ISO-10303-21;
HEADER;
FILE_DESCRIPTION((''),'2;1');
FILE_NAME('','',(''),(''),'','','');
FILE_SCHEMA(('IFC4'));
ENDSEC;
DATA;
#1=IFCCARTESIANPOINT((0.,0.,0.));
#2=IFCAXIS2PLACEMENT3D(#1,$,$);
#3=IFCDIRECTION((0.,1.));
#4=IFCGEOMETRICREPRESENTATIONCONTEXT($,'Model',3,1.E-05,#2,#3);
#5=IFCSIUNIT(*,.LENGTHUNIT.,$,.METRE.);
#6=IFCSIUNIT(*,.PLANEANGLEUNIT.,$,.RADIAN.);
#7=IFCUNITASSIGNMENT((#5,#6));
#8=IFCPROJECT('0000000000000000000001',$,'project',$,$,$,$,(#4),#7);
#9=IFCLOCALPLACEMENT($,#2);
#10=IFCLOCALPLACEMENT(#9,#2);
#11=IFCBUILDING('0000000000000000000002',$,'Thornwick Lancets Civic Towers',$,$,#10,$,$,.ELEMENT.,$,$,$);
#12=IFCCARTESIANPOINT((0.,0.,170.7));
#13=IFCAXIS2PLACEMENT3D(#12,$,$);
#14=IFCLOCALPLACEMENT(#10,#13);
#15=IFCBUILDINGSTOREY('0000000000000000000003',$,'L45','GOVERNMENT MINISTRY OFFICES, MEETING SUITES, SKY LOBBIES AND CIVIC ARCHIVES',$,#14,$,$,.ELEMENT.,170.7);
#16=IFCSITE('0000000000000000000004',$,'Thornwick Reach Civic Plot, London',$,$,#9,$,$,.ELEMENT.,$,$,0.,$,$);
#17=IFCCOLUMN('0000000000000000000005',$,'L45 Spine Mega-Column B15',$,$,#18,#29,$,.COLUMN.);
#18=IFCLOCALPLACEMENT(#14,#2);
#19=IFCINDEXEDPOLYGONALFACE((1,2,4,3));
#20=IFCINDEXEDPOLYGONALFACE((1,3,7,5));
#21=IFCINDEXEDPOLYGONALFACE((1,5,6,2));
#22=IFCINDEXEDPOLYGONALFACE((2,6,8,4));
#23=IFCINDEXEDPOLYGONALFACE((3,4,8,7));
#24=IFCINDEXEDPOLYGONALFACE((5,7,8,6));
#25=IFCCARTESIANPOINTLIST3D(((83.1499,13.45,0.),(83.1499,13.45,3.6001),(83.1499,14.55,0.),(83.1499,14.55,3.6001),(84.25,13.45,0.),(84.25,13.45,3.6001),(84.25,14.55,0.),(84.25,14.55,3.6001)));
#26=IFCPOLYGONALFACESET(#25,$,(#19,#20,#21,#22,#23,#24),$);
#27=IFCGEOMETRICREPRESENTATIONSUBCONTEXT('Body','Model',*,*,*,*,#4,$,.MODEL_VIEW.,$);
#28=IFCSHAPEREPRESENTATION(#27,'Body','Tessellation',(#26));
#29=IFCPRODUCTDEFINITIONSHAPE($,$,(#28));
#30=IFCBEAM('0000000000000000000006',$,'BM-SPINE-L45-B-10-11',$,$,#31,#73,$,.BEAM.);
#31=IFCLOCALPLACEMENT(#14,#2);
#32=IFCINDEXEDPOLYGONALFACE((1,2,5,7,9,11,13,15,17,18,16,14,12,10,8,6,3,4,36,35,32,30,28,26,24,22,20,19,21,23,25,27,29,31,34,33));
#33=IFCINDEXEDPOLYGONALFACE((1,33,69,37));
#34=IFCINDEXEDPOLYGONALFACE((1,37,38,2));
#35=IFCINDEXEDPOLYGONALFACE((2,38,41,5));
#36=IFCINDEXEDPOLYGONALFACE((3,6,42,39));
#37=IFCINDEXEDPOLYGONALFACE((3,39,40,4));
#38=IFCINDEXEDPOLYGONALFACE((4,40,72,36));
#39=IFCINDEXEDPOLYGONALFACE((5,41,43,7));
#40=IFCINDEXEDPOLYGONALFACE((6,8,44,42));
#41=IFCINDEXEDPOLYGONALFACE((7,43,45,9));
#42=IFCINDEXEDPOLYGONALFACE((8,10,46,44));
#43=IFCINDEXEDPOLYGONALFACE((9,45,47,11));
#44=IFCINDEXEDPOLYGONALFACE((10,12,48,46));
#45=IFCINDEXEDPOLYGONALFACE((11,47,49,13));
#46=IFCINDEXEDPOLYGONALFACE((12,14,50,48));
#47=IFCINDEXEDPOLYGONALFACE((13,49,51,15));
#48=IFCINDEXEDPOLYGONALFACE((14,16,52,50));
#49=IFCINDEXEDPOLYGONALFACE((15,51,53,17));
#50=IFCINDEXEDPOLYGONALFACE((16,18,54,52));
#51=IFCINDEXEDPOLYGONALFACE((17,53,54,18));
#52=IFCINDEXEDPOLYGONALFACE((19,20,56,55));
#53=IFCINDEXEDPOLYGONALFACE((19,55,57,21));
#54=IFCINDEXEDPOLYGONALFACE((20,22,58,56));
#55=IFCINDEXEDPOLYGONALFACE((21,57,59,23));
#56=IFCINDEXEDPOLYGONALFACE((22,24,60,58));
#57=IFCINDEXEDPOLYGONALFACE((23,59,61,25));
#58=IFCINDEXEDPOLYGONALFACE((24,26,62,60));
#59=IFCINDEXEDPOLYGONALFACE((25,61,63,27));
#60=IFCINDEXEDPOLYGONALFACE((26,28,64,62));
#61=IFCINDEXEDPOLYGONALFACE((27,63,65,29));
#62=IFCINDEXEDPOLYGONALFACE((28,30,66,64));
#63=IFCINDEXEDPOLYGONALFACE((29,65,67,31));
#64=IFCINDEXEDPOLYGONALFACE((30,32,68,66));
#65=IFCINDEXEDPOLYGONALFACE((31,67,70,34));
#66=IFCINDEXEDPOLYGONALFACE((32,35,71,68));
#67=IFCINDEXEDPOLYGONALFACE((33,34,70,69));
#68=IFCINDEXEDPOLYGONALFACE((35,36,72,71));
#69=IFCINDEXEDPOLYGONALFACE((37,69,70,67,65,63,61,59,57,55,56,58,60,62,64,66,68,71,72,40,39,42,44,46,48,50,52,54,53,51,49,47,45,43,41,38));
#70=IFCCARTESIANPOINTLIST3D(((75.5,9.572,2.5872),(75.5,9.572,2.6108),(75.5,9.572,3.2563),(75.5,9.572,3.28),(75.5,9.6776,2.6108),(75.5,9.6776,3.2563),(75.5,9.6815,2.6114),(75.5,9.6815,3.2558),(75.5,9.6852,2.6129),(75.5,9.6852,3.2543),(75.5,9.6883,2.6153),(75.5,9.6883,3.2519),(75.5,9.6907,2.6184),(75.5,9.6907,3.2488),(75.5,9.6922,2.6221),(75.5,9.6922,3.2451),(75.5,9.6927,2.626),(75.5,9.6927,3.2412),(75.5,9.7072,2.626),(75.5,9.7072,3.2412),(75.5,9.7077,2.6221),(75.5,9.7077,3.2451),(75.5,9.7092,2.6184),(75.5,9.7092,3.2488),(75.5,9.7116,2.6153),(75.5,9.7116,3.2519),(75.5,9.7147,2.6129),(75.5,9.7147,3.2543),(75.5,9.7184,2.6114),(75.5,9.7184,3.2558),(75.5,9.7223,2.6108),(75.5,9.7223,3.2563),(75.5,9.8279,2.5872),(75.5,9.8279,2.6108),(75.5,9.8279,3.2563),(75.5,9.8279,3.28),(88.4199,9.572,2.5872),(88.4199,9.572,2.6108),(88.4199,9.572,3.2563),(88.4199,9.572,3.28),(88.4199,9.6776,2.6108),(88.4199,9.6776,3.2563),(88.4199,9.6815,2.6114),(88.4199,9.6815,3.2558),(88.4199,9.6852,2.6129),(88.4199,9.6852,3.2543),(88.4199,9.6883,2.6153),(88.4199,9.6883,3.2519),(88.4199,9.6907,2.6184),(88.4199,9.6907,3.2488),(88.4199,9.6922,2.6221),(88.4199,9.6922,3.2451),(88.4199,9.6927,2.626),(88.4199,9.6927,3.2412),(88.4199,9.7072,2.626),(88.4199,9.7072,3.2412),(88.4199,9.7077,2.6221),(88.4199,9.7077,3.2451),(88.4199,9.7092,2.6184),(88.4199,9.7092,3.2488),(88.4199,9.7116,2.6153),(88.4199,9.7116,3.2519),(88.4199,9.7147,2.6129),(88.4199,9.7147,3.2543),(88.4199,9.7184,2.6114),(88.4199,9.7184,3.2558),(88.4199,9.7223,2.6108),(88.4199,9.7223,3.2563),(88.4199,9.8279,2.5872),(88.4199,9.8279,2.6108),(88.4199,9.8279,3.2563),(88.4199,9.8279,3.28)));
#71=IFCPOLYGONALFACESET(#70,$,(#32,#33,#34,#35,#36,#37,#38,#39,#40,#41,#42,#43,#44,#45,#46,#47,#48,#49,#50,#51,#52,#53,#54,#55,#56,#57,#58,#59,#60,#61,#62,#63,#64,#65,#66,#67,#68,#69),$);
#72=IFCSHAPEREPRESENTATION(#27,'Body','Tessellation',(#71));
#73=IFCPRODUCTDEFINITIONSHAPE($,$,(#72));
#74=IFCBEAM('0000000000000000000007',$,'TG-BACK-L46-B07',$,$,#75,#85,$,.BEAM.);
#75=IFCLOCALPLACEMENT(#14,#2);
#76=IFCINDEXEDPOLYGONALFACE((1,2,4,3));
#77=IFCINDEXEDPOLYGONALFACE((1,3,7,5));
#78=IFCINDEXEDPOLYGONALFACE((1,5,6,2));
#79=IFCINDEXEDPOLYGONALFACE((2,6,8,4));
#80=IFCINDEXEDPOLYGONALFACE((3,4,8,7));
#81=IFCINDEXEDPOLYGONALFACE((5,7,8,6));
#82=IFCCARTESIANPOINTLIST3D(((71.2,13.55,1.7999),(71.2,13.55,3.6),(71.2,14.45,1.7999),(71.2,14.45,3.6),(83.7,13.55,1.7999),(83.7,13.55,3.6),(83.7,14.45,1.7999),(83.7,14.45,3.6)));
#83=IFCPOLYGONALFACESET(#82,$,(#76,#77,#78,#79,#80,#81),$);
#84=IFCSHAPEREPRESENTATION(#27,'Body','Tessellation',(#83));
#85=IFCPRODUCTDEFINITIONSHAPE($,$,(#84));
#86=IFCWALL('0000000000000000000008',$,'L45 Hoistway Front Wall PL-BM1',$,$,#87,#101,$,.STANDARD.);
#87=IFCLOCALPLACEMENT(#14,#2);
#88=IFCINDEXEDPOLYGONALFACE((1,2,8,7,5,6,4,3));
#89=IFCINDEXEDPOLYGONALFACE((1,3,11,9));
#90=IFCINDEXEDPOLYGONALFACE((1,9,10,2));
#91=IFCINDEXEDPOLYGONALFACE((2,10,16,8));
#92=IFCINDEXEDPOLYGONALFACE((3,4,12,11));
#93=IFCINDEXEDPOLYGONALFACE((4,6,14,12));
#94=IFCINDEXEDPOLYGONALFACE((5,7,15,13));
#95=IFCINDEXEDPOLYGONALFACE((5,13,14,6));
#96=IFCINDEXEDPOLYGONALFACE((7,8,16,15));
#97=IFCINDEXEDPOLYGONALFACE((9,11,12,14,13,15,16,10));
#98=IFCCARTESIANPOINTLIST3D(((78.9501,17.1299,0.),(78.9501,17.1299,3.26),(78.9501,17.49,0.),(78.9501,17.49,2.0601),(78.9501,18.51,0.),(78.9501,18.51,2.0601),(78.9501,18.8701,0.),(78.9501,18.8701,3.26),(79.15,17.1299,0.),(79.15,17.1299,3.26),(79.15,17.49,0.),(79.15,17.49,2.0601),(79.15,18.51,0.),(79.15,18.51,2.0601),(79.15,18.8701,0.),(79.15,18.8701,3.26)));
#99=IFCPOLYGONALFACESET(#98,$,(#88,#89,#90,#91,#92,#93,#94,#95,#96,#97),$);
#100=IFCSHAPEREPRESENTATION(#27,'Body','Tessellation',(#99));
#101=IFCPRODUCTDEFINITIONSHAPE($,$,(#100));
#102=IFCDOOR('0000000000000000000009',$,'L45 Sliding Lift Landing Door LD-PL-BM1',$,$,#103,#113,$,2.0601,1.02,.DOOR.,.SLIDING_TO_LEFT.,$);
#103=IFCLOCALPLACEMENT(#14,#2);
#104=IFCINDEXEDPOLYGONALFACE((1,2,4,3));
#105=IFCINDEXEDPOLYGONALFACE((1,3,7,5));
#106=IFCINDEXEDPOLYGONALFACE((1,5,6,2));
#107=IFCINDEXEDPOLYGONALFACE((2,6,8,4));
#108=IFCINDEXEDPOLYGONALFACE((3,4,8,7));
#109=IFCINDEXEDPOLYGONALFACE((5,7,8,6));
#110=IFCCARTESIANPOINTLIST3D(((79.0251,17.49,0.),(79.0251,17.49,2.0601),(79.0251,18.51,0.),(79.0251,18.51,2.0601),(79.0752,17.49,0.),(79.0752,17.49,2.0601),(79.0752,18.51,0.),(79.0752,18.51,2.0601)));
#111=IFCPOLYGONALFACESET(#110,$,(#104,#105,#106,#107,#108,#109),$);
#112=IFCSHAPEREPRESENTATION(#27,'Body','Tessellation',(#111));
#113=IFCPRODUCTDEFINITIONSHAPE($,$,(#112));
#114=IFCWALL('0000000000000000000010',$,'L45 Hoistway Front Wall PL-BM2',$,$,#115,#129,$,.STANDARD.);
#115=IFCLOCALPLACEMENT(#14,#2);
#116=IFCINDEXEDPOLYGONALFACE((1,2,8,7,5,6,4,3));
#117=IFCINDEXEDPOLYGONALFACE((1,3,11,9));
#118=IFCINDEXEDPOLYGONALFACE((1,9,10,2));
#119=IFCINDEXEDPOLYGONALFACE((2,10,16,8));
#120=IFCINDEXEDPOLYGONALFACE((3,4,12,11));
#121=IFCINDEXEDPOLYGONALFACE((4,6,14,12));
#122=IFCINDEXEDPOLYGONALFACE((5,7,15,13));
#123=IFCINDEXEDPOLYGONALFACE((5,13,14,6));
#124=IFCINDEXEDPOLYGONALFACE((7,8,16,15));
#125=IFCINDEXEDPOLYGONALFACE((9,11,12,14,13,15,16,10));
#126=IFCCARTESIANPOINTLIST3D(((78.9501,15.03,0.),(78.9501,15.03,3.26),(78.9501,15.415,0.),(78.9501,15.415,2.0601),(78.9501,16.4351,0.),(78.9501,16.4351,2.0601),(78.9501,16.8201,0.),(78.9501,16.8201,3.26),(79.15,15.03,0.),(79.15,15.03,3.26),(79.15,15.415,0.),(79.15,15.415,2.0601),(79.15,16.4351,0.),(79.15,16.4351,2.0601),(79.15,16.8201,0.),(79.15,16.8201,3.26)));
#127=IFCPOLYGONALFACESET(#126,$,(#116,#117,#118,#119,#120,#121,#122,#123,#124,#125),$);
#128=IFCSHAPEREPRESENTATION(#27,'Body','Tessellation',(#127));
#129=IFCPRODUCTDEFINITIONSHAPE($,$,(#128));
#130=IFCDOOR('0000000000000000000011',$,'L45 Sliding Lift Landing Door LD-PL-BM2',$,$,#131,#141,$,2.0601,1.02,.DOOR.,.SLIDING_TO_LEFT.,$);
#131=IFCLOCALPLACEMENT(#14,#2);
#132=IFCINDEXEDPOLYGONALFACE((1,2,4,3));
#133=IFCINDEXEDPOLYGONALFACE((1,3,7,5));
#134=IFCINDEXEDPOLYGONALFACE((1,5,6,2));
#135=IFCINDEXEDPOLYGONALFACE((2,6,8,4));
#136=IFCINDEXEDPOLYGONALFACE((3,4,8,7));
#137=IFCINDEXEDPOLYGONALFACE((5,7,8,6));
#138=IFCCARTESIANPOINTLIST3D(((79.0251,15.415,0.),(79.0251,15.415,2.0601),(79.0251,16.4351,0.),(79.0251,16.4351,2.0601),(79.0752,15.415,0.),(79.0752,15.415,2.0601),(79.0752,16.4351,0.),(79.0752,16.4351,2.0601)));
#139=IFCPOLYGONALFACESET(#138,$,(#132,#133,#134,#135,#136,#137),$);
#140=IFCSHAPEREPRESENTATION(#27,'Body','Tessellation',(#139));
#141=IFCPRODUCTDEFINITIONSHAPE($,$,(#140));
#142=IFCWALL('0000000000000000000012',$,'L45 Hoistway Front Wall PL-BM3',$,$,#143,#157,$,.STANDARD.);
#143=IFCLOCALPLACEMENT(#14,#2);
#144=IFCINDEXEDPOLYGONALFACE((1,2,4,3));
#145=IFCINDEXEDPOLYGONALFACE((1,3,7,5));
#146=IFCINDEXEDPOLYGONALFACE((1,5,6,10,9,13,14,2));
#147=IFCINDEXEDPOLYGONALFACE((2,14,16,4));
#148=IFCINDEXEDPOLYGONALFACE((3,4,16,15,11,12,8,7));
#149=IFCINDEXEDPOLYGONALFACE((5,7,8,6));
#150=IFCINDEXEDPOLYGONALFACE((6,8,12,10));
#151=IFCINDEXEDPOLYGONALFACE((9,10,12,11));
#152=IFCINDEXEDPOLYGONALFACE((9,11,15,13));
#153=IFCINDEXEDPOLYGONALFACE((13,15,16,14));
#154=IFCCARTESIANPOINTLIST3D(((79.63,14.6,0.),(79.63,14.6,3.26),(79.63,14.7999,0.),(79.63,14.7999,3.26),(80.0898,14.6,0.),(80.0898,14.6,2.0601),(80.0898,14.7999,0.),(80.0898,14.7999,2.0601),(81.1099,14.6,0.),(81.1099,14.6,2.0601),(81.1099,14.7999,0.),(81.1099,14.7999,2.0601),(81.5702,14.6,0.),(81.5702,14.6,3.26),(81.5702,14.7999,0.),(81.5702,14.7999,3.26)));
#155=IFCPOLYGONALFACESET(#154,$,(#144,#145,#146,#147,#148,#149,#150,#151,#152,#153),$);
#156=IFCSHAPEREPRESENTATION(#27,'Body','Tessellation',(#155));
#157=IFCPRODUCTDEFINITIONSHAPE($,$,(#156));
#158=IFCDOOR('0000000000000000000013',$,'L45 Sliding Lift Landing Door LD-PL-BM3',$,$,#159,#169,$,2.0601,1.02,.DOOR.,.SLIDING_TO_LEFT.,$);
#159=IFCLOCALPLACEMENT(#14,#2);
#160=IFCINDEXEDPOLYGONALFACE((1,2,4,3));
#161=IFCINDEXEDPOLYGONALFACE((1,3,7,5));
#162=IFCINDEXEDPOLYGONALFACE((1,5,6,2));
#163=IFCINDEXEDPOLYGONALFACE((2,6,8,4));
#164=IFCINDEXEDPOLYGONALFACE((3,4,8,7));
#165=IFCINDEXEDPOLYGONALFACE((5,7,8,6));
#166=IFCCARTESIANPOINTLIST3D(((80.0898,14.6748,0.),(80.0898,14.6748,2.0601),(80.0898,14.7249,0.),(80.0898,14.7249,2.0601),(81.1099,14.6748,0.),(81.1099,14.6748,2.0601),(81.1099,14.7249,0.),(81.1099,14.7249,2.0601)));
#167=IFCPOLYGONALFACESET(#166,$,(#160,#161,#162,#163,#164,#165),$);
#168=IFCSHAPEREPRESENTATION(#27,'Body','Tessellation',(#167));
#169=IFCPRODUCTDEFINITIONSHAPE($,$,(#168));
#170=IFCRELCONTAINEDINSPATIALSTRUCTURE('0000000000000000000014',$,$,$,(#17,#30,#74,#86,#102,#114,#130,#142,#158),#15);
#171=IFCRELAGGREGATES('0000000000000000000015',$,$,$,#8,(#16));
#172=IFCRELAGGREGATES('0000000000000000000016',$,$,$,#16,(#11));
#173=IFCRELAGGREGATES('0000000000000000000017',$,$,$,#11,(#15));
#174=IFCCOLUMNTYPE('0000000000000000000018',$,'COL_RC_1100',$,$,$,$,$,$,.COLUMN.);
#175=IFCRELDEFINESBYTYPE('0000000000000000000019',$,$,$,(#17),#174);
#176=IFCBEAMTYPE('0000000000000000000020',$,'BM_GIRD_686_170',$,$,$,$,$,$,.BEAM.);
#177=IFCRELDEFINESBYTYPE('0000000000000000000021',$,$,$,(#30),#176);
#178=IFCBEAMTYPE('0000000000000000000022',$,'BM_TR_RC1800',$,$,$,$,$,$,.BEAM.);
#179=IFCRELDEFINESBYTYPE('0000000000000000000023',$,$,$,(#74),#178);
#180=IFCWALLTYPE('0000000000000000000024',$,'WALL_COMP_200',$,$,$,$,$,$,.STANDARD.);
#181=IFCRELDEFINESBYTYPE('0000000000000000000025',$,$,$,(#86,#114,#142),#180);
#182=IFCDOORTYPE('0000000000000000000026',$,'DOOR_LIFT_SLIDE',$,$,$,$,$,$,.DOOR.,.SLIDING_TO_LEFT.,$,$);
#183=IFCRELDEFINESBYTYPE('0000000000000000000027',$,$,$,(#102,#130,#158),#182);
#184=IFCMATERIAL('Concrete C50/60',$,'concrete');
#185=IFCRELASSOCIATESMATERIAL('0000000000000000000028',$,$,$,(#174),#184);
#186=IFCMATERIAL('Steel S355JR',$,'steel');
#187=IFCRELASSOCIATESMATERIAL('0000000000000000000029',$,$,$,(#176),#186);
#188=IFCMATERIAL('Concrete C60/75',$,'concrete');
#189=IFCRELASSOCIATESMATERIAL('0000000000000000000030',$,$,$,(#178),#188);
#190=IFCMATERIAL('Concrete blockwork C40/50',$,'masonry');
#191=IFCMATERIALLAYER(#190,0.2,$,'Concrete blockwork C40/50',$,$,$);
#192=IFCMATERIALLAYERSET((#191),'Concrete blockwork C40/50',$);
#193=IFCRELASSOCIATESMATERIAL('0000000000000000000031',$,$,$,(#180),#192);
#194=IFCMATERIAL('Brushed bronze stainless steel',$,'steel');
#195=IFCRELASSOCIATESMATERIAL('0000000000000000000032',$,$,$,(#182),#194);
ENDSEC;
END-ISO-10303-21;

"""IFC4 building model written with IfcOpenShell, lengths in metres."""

from ifc_helpers import new_model, si_unit, direction, frame, frame_2d, origin, origin_2d, place, context, subcontext, project, spatial, rectangle, i_section, extrude, material, layer, layer_set, material_profile, profile_set, type_object, element, fill, save


model = new_model("IFC4")

# Units and contexts
model_context = context("Model", 3, precision=1e-05, world=origin(), true_north=direction((0.0, 1.0)))
body_context = subcontext(model_context, "Body", "Model", "MODEL_VIEW")
ifc_project = project(units=[si_unit("LENGTHUNIT", "METRE"), si_unit("PLANEANGLEUNIT", "RADIAN")], contexts=[model_context])

# Site, building, storey
site_placement = place(None, origin())
site = spatial("IfcSite", under=ifc_project, at=site_placement, Name="Thornwick Reach Civic Plot, London", CompositionType="ELEMENT", RefElevation=0.0)
building_placement = place(site_placement, origin())
building = spatial("IfcBuilding", under=site, at=building_placement, Name="Thornwick Lancets Civic Towers", CompositionType="ELEMENT")
storey_placement = place(building_placement, frame((0.0, 0.0, 170.7)))
storey = spatial("IfcBuildingStorey", under=building, at=storey_placement, Name="L45", Description="GOVERNMENT MINISTRY OFFICES, MEETING SUITES, SKY LOBBIES AND CIVIC ARCHIVES", CompositionType="ELEMENT", Elevation=170.7)

# Column
ifc_material_1 = material(Name="Concrete C50/60", Category="concrete")
ifc_material_profile_1 = material_profile(ifc_material_1, rectangle(XDim=1.1001, YDim=1.1001, at=origin_2d()), Name="RC 1100x1100")
ifc_profile_set_1 = profile_set([ifc_material_profile_1], Name="Concrete C50/60")
column_type = type_object("IfcColumnType", Name="COL_RC_1100", PredefinedType="COLUMN", material=ifc_profile_set_1)
column_placement = place(storey_placement, frame((83.7, 14.0, 0.0), z_axis=(0.0, 0.0, 1.0), x_axis=(1.0, 0.0, 0.0)))
element("IfcColumn", 1, at=column_placement, inside=storey, type_object=column_type, Name="L45 Spine Mega-Column B15", PredefinedType="COLUMN", context=body_context, shape_type="SweptSolid", body=[
    extrude(rectangle(XDim=1.1001, YDim=1.1001, at=origin_2d()), origin(), (0.0, 0.0, 1.0), 3.6001),
])

# Beams
ifc_material_2 = material(Name="Steel S355JR", Category="steel")
ifc_material_profile_2 = material_profile(ifc_material_2, i_section(OverallWidth=0.2559, OverallDepth=0.6929, WebThickness=0.0144, FlangeThickness=0.0237, FilletRadius=0.0151, at=origin_2d()), Name="UKB 686x254x170")
ifc_profile_set_2 = profile_set([ifc_material_profile_2], Name="Steel S355JR")
beam_type_1 = type_object("IfcBeamType", Name="BM_GIRD_686_170", PredefinedType="BEAM", material=ifc_profile_set_2)
beam_1_placement = place(storey_placement, frame((88.4199, 9.7, 2.9336), z_axis=(-1.0, 0.0, 0.0), x_axis=(0.0, -1.0, 0.0)))
element("IfcBeam", 2, at=beam_1_placement, inside=storey, type_object=beam_type_1, Name="BM-SPINE-L45-B-10-11", PredefinedType="BEAM", context=body_context, shape_type="SweptSolid", body=[
    extrude(i_section(OverallWidth=0.2559, OverallDepth=0.6929, WebThickness=0.0144, FlangeThickness=0.0237, FilletRadius=0.0151, at=origin_2d()), origin(), (0.0, 0.0, 1.0), 12.9199),
])
ifc_material_3 = material(Name="Concrete C60/75", Category="concrete")
ifc_material_profile_3 = material_profile(ifc_material_3, rectangle(XDim=0.8999, YDim=1.8, at=origin_2d()), Name="RC 900x1800")
ifc_profile_set_3 = profile_set([ifc_material_profile_3], Name="Concrete C60/75")
beam_type_2 = type_object("IfcBeamType", Name="BM_TR_RC1800", PredefinedType="BEAM", material=ifc_profile_set_3)
beam_2_placement = place(storey_placement, frame((83.7, 14.0, 2.7), z_axis=(-1.0, 0.0, 0.0), x_axis=(0.0, -1.0, 0.0)))
element("IfcBeam", 3, at=beam_2_placement, inside=storey, type_object=beam_type_2, Name="TG-BACK-L46-B07", PredefinedType="BEAM", context=body_context, shape_type="SweptSolid", body=[
    extrude(rectangle(XDim=0.8999, YDim=1.8, at=origin_2d()), origin(), (0.0, 0.0, 1.0), 12.5),
])

# Walls, openings, doors
ifc_material_4 = material(Name="Concrete blockwork C40/50", Category="masonry")
ifc_layer_1 = layer(ifc_material_4, 0.2, Name="Concrete blockwork C40/50")
ifc_layer_set_1 = layer_set([ifc_layer_1], Name="Concrete blockwork C40/50")
wall_type_1 = type_object("IfcWallType", Name="WALL_COMP_200", PredefinedType="STANDARD", material=ifc_layer_set_1)
wall_1_placement = place(storey_placement, frame((79.05, 17.1299, 0.0), z_axis=(0.0, 0.0, 1.0), x_axis=(0.0, 1.0, 0.0)))
wall_1 = element("IfcWall", 4, at=wall_1_placement, inside=storey, type_object=wall_type_1, Name="L45 Hoistway Front Wall PL-BM1", PredefinedType="STANDARD", context=body_context, shape_type="SweptSolid", body=[
    extrude(rectangle(XDim=1.7402, YDim=0.2, at=frame_2d((0.8701, 0.0))), origin(), (0.0, 0.0, 1.0), 3.26),
])
opening_1_placement = place(wall_1_placement, frame((0.3601, 0.0, 0.0)))
opening_1 = element("IfcOpeningElement", 5, at=opening_1_placement, cuts=wall_1, PredefinedType="OPENING", context=body_context, shape_type="SweptSolid", body=[
    extrude(rectangle(XDim=1.02, YDim=2.0601, at=frame_2d((0.51, 1.03))), frame((0.0, 0.1099, 0.0), z_axis=(0.0, -1.0, 0.0), x_axis=(1.0, 0.0, 0.0)), (0.0, 0.0, 1.0), 0.22),
])
ifc_material_5 = material(Name="Brushed bronze stainless steel", Category="steel")
door_type_1 = type_object("IfcDoorType", Name="DOOR_LIFT_SLIDE", OperationType="SLIDING_TO_LEFT", PredefinedType="DOOR", material=ifc_material_5)
door_1_placement = place(opening_1_placement, origin())
door_1 = element("IfcDoor", 6, at=door_1_placement, inside=storey, type_object=door_type_1, Name="L45 Sliding Lift Landing Door LD-PL-BM1", OperationType="SLIDING_TO_LEFT", OverallHeight=2.0601, OverallWidth=1.02, PredefinedType="DOOR", context=body_context, shape_type="SweptSolid", body=[
    extrude(rectangle(XDim=1.02, YDim=2.0601, at=frame_2d((0.51, 1.03))), frame((0.0, 0.0249, 0.0), z_axis=(0.0, -1.0, 0.0), x_axis=(1.0, 0.0, 0.0)), (0.0, 0.0, 1.0), 0.05),
])
fill(opening_1, door_1)
wall_2_placement = place(storey_placement, frame((79.05, 15.03, 0.0), z_axis=(0.0, 0.0, 1.0), x_axis=(0.0, 1.0, 0.0)))
wall_2 = element("IfcWall", 7, at=wall_2_placement, inside=storey, type_object=wall_type_1, Name="L45 Hoistway Front Wall PL-BM2", PredefinedType="STANDARD", context=body_context, shape_type="SweptSolid", body=[
    extrude(rectangle(XDim=1.79, YDim=0.2, at=frame_2d((0.895, 0.0))), origin(), (0.0, 0.0, 1.0), 3.26),
])
opening_2_placement = place(wall_2_placement, frame((0.385, 0.0, 0.0)))
opening_2 = element("IfcOpeningElement", 8, at=opening_2_placement, cuts=wall_2, PredefinedType="OPENING", context=body_context, shape_type="SweptSolid", body=[
    extrude(rectangle(XDim=1.02, YDim=2.0601, at=frame_2d((0.51, 1.03))), frame((0.0, 0.1099, 0.0), z_axis=(0.0, -1.0, 0.0), x_axis=(1.0, 0.0, 0.0)), (0.0, 0.0, 1.0), 0.22),
])
door_2_placement = place(opening_2_placement, origin())
door_2 = element("IfcDoor", 9, at=door_2_placement, inside=storey, type_object=door_type_1, Name="L45 Sliding Lift Landing Door LD-PL-BM2", OperationType="SLIDING_TO_LEFT", OverallHeight=2.0601, OverallWidth=1.02, PredefinedType="DOOR", context=body_context, shape_type="SweptSolid", body=[
    extrude(rectangle(XDim=1.02, YDim=2.0601, at=frame_2d((0.51, 1.03))), frame((0.0, 0.0249, 0.0), z_axis=(0.0, -1.0, 0.0), x_axis=(1.0, 0.0, 0.0)), (0.0, 0.0, 1.0), 0.05),
])
fill(opening_2, door_2)
wall_3_placement = place(storey_placement, frame((79.6299, 14.7, 0.0), z_axis=(0.0, 0.0, 1.0), x_axis=(1.0, 0.0, 0.0)))
wall_3 = element("IfcWall", 10, at=wall_3_placement, inside=storey, type_object=wall_type_1, Name="L45 Hoistway Front Wall PL-BM3", PredefinedType="STANDARD", context=body_context, shape_type="SweptSolid", body=[
    extrude(rectangle(XDim=1.9402, YDim=0.2, at=frame_2d((0.9702, 0.0))), origin(), (0.0, 0.0, 1.0), 3.26),
])
opening_3_placement = place(wall_3_placement, frame((0.46, 0.0, 0.0)))
opening_3 = element("IfcOpeningElement", 11, at=opening_3_placement, cuts=wall_3, PredefinedType="OPENING", context=body_context, shape_type="SweptSolid", body=[
    extrude(rectangle(XDim=1.02, YDim=2.0601, at=frame_2d((0.51, 1.03))), frame((0.0, 0.1099, 0.0), z_axis=(0.0, -1.0, 0.0), x_axis=(1.0, 0.0, 0.0)), (0.0, 0.0, 1.0), 0.22),
])
door_3_placement = place(opening_3_placement, origin())
door_3 = element("IfcDoor", 12, at=door_3_placement, inside=storey, type_object=door_type_1, Name="L45 Sliding Lift Landing Door LD-PL-BM3", OperationType="SLIDING_TO_LEFT", OverallHeight=2.0601, OverallWidth=1.02, PredefinedType="DOOR", context=body_context, shape_type="SweptSolid", body=[
    extrude(rectangle(XDim=1.02, YDim=2.0601, at=frame_2d((0.51, 1.03))), frame((0.0, 0.0249, 0.0), z_axis=(0.0, -1.0, 0.0), x_axis=(1.0, 0.0, 0.0)), (0.0, 0.0, 1.0), 0.05),
])
fill(opening_3, door_3)

save(model, "model.ifc")
